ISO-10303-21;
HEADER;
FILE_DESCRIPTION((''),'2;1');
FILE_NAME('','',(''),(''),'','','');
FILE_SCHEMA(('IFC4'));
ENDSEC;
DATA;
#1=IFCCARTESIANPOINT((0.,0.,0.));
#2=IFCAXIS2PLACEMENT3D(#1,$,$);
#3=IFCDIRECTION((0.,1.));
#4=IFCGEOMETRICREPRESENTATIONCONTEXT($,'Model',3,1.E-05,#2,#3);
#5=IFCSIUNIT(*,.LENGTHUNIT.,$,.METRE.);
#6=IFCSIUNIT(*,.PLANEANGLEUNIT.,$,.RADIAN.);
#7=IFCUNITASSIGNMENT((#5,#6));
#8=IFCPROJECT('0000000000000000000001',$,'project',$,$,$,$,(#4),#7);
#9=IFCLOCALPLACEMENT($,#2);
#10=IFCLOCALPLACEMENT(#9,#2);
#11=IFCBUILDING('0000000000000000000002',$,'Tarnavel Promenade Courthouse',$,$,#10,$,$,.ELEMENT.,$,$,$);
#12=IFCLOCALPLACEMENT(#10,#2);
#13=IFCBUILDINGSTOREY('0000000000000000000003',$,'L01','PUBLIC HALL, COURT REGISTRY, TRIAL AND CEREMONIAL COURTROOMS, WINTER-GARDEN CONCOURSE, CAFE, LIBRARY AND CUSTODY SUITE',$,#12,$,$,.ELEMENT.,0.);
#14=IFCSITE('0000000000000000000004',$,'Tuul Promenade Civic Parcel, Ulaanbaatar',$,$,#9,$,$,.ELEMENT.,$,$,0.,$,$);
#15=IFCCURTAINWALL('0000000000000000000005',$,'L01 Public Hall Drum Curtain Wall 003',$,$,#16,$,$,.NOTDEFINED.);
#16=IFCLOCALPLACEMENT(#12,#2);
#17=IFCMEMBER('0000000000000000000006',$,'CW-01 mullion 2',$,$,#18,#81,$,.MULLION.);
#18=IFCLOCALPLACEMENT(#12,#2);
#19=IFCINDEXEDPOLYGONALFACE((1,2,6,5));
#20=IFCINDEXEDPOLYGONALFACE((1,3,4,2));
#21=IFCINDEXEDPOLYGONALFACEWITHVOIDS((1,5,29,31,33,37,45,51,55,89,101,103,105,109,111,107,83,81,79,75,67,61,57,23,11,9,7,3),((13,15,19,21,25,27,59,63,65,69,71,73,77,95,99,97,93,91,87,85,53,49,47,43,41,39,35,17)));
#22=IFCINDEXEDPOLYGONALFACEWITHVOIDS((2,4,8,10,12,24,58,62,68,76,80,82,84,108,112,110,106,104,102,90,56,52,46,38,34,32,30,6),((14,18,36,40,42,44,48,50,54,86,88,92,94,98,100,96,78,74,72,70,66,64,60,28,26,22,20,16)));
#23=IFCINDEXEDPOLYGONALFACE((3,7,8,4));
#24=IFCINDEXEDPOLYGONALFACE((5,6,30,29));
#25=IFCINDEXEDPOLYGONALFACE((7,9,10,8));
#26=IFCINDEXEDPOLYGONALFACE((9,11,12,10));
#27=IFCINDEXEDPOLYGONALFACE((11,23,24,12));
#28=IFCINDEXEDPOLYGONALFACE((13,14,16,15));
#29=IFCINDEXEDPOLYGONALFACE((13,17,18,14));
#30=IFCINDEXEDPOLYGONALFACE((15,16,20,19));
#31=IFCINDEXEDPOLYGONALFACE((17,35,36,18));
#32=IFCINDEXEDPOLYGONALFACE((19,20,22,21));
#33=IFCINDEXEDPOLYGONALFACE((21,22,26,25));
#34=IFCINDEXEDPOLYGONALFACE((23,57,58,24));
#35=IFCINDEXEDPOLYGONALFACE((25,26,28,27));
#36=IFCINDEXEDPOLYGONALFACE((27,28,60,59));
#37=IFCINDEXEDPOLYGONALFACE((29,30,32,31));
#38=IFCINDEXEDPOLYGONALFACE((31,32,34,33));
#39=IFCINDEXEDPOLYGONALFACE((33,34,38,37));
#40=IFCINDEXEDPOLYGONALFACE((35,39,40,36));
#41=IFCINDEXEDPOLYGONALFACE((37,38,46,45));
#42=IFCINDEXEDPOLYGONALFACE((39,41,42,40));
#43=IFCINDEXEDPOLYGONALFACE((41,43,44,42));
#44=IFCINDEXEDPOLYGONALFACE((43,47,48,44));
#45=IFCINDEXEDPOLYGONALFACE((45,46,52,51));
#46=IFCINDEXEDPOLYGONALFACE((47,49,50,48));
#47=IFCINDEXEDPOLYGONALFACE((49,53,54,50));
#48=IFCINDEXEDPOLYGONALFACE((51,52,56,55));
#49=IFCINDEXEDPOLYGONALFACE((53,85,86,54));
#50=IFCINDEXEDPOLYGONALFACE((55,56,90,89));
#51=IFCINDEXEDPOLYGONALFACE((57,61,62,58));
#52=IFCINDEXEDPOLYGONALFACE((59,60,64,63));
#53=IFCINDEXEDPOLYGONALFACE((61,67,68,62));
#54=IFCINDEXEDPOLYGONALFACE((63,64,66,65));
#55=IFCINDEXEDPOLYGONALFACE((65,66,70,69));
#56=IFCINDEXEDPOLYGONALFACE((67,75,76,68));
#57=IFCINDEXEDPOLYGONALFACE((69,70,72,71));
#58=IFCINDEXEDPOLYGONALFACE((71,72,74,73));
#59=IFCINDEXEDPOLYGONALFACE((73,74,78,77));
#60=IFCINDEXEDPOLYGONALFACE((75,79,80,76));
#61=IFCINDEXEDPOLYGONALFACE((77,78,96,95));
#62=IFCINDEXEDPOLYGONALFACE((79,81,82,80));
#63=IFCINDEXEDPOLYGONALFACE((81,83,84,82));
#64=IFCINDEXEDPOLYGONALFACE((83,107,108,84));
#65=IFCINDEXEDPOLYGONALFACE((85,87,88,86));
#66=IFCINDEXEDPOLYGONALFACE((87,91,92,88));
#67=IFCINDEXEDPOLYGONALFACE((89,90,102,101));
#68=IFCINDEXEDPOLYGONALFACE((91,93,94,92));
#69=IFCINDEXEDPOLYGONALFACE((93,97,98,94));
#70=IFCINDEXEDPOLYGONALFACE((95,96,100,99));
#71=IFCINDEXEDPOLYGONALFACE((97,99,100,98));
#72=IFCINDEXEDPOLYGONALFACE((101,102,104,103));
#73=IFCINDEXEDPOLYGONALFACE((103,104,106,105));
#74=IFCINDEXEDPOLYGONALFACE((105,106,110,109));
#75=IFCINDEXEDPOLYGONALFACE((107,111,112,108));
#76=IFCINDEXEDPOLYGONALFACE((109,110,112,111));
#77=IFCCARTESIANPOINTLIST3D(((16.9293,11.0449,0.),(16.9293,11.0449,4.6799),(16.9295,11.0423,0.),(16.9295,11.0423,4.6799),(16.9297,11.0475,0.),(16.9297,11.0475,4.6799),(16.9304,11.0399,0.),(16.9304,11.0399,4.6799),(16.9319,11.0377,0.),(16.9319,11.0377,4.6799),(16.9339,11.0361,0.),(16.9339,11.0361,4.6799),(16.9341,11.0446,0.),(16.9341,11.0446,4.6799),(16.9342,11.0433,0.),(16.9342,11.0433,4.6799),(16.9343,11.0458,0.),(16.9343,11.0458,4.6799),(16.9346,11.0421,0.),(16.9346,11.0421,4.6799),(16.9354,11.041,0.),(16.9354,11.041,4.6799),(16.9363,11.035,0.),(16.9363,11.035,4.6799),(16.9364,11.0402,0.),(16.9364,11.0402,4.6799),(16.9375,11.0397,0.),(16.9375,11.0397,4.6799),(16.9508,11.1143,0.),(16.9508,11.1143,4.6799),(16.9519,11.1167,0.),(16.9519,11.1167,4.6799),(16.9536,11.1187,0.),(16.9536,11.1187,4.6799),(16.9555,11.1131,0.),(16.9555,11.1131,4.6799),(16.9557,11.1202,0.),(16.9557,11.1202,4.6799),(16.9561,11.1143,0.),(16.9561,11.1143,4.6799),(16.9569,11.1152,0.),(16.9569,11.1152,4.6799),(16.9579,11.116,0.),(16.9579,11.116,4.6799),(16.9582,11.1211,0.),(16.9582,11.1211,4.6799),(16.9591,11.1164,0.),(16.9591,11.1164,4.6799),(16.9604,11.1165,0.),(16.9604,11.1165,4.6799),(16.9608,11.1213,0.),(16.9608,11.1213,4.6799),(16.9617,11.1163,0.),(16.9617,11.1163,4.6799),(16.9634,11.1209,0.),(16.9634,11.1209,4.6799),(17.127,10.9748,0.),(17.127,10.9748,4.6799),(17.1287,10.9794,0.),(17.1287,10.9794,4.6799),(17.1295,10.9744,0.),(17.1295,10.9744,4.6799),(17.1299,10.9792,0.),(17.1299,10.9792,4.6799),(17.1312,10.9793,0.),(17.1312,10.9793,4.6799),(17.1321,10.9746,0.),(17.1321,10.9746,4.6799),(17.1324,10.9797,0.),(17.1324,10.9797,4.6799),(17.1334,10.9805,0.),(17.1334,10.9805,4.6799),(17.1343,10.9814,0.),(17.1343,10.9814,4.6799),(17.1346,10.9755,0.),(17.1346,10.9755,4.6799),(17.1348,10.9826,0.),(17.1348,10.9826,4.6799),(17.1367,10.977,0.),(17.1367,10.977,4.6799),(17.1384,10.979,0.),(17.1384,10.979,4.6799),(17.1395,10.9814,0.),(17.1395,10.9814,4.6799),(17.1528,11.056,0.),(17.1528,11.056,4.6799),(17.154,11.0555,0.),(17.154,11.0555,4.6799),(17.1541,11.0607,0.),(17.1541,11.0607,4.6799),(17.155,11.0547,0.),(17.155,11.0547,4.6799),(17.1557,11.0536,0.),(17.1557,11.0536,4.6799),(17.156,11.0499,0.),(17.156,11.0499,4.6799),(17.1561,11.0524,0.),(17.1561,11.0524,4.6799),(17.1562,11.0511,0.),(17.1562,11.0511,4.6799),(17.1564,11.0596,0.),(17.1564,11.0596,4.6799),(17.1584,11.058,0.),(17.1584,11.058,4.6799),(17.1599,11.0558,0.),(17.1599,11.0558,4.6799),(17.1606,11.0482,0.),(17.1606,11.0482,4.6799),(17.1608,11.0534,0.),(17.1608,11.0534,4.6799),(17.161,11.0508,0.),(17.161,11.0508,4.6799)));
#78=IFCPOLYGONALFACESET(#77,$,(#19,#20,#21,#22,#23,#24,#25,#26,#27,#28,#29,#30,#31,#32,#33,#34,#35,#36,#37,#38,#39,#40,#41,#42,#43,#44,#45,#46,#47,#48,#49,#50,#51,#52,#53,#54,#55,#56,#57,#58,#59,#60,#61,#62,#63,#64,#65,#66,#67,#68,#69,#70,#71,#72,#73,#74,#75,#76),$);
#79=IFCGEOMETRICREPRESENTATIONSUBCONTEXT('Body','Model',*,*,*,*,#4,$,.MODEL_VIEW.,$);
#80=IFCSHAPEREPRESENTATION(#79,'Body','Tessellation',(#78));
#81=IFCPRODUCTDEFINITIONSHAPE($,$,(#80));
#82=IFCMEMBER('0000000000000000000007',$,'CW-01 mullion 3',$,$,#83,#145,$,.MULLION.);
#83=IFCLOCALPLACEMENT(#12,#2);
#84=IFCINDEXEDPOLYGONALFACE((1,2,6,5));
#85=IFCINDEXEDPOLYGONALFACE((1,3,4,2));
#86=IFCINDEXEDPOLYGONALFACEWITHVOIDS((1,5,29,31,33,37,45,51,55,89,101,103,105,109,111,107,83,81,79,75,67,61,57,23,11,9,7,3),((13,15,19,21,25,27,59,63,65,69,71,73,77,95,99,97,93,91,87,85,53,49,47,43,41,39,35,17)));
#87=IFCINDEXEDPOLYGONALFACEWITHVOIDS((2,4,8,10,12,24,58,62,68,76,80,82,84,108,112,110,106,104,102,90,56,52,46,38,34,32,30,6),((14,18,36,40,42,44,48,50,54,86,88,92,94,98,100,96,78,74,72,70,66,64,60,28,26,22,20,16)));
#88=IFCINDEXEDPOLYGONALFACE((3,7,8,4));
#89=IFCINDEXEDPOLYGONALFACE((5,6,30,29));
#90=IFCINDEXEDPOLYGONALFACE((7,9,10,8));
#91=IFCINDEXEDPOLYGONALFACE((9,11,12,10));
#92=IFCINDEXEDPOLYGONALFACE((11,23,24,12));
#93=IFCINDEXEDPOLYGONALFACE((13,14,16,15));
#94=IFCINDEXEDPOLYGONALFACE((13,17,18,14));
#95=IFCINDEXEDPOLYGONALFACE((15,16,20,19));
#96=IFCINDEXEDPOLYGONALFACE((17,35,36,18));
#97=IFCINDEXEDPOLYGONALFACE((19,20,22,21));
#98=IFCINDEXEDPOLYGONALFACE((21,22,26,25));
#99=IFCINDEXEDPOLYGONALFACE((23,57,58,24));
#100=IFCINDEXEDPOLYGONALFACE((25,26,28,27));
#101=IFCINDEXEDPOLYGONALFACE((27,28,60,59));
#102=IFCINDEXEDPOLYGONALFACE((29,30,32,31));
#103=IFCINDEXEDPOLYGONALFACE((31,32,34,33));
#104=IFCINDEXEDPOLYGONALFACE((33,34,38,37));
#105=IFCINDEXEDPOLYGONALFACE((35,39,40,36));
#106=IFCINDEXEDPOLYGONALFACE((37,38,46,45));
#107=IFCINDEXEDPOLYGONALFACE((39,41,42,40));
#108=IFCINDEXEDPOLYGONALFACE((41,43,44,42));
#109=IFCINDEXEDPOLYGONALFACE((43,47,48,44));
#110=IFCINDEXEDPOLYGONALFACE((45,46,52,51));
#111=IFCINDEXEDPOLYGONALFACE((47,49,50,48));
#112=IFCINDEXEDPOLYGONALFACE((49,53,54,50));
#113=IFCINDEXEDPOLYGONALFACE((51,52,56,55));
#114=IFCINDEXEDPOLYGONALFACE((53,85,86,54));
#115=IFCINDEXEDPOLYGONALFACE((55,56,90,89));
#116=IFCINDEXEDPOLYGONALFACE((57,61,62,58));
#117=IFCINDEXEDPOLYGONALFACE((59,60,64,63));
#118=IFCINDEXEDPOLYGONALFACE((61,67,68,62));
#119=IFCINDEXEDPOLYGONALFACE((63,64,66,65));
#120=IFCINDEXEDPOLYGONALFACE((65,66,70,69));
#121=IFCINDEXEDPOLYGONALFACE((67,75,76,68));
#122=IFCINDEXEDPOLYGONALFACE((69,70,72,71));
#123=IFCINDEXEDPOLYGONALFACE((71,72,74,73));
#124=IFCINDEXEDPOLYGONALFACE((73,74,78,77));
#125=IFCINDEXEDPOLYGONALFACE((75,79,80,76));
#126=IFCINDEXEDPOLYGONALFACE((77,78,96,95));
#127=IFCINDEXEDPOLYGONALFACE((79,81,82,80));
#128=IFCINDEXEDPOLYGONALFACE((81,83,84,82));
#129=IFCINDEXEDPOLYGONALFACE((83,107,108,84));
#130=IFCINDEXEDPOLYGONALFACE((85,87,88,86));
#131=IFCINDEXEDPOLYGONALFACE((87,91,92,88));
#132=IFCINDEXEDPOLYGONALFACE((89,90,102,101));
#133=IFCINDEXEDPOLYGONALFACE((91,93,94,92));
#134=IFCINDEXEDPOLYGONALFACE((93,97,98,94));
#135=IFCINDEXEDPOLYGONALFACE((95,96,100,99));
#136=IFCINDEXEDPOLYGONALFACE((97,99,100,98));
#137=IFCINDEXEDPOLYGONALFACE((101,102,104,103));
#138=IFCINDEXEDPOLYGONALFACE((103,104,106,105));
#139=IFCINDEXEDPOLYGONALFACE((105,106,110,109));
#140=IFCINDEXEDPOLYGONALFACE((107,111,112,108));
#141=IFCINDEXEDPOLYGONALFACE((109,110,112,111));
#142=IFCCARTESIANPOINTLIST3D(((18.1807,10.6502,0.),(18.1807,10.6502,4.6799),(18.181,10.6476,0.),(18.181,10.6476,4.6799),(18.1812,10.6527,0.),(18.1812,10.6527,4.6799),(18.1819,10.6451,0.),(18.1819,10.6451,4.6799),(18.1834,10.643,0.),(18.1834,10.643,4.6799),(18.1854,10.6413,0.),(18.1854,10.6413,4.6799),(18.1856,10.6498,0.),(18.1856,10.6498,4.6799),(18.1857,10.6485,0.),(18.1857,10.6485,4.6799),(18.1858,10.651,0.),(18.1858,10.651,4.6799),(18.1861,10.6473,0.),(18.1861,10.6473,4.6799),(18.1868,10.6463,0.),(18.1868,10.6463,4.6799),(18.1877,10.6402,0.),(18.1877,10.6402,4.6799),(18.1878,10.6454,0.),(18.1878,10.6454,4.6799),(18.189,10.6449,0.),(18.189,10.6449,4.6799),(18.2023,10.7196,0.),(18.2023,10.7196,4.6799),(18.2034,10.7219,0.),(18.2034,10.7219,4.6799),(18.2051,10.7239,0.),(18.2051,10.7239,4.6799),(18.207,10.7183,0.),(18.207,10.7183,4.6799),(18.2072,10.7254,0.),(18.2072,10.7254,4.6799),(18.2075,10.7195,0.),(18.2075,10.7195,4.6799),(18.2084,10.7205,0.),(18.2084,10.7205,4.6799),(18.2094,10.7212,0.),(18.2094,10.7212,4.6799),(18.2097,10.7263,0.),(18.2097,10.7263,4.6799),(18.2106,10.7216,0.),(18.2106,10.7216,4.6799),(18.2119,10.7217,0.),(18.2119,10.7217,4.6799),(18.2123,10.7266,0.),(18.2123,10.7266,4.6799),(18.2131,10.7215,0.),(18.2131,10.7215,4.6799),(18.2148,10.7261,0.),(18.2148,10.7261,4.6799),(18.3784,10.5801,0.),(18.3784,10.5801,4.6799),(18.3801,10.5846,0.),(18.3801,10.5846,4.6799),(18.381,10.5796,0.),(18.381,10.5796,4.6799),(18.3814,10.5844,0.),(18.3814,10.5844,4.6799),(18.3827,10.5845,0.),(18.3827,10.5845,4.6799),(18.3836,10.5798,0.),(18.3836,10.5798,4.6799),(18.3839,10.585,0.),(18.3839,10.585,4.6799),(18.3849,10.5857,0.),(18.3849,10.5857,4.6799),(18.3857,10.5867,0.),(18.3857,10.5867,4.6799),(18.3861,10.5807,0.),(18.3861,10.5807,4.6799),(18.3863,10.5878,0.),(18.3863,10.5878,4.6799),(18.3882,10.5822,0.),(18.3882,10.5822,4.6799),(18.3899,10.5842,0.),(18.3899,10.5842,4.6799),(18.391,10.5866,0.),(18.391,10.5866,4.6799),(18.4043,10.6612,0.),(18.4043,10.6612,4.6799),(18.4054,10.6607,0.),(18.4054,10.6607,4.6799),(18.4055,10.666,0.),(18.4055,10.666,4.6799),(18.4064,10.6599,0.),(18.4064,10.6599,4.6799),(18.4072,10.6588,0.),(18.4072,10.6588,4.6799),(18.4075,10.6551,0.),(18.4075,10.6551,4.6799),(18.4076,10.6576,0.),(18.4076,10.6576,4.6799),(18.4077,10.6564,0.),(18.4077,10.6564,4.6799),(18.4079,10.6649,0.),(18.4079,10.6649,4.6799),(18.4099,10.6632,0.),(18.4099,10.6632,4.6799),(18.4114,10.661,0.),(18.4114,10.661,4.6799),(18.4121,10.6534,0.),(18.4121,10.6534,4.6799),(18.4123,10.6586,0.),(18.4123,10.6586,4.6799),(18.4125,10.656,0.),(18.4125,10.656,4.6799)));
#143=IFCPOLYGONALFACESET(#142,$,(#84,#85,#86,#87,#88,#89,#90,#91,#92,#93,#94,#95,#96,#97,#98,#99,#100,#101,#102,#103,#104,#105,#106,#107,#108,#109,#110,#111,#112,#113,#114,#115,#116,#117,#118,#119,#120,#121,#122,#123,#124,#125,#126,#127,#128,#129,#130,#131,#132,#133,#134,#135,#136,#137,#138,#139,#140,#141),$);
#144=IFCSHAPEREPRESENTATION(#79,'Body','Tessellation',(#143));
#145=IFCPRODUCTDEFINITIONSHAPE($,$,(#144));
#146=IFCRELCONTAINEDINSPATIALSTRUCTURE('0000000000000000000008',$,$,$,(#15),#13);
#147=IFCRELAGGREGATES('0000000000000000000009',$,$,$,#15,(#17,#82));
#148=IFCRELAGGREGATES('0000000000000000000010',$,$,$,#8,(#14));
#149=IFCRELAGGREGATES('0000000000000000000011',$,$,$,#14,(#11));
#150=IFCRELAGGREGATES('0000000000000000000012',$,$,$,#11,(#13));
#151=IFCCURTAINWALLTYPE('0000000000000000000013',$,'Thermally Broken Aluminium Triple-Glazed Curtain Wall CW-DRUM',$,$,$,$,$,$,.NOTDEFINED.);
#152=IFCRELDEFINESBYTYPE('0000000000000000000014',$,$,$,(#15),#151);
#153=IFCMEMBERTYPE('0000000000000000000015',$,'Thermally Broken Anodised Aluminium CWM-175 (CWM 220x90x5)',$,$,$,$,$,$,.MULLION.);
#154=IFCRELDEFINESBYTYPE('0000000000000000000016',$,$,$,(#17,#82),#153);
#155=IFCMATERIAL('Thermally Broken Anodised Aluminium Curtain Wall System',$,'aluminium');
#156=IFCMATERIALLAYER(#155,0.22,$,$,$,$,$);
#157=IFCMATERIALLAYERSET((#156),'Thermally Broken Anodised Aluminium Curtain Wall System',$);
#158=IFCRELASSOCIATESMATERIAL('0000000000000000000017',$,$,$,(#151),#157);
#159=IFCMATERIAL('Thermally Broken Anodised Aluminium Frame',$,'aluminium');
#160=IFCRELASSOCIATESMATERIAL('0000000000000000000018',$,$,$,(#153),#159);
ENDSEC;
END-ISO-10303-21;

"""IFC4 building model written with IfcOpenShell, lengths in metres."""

from ifc_helpers import new_model, si_unit, direction, frame, origin, origin_2d, place, context, subcontext, project, spatial, hollow_rectangle, extrude, material, layer, layer_set, material_profile, profile_set, type_object, element, aggregate, save


model = new_model("IFC4")

# Units and contexts
model_context = context("Model", 3, precision=1e-05, world=origin(), true_north=direction((0.0, 1.0)))
body_context = subcontext(model_context, "Body", "Model", "MODEL_VIEW")
ifc_project = project(units=[si_unit("LENGTHUNIT", "METRE"), si_unit("PLANEANGLEUNIT", "RADIAN")], contexts=[model_context])

# Site, building, storey
site_placement = place(None, origin())
site = spatial("IfcSite", under=ifc_project, at=site_placement, Name="Tuul Promenade Civic Parcel, Ulaanbaatar", CompositionType="ELEMENT", RefElevation=0.0)
building_placement = place(site_placement, origin())
building = spatial("IfcBuilding", under=site, at=building_placement, Name="Tarnavel Promenade Courthouse", CompositionType="ELEMENT")
storey_placement = place(building_placement, origin())
storey = spatial("IfcBuildingStorey", under=building, at=storey_placement, Name="L01", Description="PUBLIC HALL, COURT REGISTRY, TRIAL AND CEREMONIAL COURTROOMS, WINTER-GARDEN CONCOURSE, CAFE, LIBRARY AND CUSTODY SUITE", CompositionType="ELEMENT", Elevation=0.0)

# Curtain wall, members
ifc_material_1 = material(Name="Thermally Broken Anodised Aluminium Curtain Wall System", Category="aluminium")
ifc_layer_1 = layer(ifc_material_1, 0.22)
ifc_layer_set_1 = layer_set([ifc_layer_1], Name="Thermally Broken Anodised Aluminium Curtain Wall System")
curtain_wall_type = type_object("IfcCurtainWallType", Name="Thermally Broken Aluminium Triple-Glazed Curtain Wall CW-DRUM", PredefinedType="NOTDEFINED", material=ifc_layer_set_1)
ifc_material_2 = material(Name="Thermally Broken Anodised Aluminium Frame", Category="aluminium")
ifc_material_profile_1 = material_profile(ifc_material_2, hollow_rectangle(XDim=0.0901, YDim=0.22, WallThickness=0.0049, InnerFilletRadius=0.0049, OuterFilletRadius=0.01, at=origin_2d()), Name="CWM 220x90x5")
ifc_profile_set_1 = profile_set([ifc_material_profile_1], Name="Thermally Broken Anodised Aluminium Frame")
member_type_1 = type_object("IfcMemberType", Name="Thermally Broken Anodised Aluminium CWM-175 (CWM 220x90x5)", PredefinedType="MULLION", material=ifc_profile_set_1)
curtain_wall_1_placement = place(storey_placement, origin())
curtain_wall_1 = element("IfcCurtainWall", 1, at=curtain_wall_1_placement, inside=storey, type_object=curtain_wall_type, Name="L01 Public Hall Drum Curtain Wall 003", PredefinedType="NOTDEFINED")
member_1_placement = place(storey_placement, frame((17.0452, 11.0479, 0.0), z_axis=(0.0, 0.0, 1.0), x_axis=(0.300704, 0.953718, 0.0)))
member_1 = element("IfcMember", 2, at=member_1_placement, type_object=member_type_1, Name="CW-01 mullion 2", PredefinedType="MULLION", context=body_context, shape_type="SweptSolid", body=[
    extrude(hollow_rectangle(XDim=0.0901, YDim=0.22, WallThickness=0.0049, InnerFilletRadius=0.0049, OuterFilletRadius=0.01, at=origin_2d()), origin(), (0.0, 0.0, 1.0), 4.6799),
])
member_2_placement = place(storey_placement, frame((18.2966, 10.6531, 0.0), z_axis=(0.0, 0.0, 1.0), x_axis=(0.300704, 0.953718, 0.0)))
member_2 = element("IfcMember", 3, at=member_2_placement, type_object=member_type_1, Name="CW-01 mullion 3", PredefinedType="MULLION", context=body_context, shape_type="SweptSolid", body=[
    extrude(hollow_rectangle(XDim=0.0901, YDim=0.22, WallThickness=0.0049, InnerFilletRadius=0.0049, OuterFilletRadius=0.01, at=origin_2d()), origin(), (0.0, 0.0, 1.0), 4.6799),
])

aggregate(curtain_wall_1, [member_1, member_2])

save(model, "model.ifc")
